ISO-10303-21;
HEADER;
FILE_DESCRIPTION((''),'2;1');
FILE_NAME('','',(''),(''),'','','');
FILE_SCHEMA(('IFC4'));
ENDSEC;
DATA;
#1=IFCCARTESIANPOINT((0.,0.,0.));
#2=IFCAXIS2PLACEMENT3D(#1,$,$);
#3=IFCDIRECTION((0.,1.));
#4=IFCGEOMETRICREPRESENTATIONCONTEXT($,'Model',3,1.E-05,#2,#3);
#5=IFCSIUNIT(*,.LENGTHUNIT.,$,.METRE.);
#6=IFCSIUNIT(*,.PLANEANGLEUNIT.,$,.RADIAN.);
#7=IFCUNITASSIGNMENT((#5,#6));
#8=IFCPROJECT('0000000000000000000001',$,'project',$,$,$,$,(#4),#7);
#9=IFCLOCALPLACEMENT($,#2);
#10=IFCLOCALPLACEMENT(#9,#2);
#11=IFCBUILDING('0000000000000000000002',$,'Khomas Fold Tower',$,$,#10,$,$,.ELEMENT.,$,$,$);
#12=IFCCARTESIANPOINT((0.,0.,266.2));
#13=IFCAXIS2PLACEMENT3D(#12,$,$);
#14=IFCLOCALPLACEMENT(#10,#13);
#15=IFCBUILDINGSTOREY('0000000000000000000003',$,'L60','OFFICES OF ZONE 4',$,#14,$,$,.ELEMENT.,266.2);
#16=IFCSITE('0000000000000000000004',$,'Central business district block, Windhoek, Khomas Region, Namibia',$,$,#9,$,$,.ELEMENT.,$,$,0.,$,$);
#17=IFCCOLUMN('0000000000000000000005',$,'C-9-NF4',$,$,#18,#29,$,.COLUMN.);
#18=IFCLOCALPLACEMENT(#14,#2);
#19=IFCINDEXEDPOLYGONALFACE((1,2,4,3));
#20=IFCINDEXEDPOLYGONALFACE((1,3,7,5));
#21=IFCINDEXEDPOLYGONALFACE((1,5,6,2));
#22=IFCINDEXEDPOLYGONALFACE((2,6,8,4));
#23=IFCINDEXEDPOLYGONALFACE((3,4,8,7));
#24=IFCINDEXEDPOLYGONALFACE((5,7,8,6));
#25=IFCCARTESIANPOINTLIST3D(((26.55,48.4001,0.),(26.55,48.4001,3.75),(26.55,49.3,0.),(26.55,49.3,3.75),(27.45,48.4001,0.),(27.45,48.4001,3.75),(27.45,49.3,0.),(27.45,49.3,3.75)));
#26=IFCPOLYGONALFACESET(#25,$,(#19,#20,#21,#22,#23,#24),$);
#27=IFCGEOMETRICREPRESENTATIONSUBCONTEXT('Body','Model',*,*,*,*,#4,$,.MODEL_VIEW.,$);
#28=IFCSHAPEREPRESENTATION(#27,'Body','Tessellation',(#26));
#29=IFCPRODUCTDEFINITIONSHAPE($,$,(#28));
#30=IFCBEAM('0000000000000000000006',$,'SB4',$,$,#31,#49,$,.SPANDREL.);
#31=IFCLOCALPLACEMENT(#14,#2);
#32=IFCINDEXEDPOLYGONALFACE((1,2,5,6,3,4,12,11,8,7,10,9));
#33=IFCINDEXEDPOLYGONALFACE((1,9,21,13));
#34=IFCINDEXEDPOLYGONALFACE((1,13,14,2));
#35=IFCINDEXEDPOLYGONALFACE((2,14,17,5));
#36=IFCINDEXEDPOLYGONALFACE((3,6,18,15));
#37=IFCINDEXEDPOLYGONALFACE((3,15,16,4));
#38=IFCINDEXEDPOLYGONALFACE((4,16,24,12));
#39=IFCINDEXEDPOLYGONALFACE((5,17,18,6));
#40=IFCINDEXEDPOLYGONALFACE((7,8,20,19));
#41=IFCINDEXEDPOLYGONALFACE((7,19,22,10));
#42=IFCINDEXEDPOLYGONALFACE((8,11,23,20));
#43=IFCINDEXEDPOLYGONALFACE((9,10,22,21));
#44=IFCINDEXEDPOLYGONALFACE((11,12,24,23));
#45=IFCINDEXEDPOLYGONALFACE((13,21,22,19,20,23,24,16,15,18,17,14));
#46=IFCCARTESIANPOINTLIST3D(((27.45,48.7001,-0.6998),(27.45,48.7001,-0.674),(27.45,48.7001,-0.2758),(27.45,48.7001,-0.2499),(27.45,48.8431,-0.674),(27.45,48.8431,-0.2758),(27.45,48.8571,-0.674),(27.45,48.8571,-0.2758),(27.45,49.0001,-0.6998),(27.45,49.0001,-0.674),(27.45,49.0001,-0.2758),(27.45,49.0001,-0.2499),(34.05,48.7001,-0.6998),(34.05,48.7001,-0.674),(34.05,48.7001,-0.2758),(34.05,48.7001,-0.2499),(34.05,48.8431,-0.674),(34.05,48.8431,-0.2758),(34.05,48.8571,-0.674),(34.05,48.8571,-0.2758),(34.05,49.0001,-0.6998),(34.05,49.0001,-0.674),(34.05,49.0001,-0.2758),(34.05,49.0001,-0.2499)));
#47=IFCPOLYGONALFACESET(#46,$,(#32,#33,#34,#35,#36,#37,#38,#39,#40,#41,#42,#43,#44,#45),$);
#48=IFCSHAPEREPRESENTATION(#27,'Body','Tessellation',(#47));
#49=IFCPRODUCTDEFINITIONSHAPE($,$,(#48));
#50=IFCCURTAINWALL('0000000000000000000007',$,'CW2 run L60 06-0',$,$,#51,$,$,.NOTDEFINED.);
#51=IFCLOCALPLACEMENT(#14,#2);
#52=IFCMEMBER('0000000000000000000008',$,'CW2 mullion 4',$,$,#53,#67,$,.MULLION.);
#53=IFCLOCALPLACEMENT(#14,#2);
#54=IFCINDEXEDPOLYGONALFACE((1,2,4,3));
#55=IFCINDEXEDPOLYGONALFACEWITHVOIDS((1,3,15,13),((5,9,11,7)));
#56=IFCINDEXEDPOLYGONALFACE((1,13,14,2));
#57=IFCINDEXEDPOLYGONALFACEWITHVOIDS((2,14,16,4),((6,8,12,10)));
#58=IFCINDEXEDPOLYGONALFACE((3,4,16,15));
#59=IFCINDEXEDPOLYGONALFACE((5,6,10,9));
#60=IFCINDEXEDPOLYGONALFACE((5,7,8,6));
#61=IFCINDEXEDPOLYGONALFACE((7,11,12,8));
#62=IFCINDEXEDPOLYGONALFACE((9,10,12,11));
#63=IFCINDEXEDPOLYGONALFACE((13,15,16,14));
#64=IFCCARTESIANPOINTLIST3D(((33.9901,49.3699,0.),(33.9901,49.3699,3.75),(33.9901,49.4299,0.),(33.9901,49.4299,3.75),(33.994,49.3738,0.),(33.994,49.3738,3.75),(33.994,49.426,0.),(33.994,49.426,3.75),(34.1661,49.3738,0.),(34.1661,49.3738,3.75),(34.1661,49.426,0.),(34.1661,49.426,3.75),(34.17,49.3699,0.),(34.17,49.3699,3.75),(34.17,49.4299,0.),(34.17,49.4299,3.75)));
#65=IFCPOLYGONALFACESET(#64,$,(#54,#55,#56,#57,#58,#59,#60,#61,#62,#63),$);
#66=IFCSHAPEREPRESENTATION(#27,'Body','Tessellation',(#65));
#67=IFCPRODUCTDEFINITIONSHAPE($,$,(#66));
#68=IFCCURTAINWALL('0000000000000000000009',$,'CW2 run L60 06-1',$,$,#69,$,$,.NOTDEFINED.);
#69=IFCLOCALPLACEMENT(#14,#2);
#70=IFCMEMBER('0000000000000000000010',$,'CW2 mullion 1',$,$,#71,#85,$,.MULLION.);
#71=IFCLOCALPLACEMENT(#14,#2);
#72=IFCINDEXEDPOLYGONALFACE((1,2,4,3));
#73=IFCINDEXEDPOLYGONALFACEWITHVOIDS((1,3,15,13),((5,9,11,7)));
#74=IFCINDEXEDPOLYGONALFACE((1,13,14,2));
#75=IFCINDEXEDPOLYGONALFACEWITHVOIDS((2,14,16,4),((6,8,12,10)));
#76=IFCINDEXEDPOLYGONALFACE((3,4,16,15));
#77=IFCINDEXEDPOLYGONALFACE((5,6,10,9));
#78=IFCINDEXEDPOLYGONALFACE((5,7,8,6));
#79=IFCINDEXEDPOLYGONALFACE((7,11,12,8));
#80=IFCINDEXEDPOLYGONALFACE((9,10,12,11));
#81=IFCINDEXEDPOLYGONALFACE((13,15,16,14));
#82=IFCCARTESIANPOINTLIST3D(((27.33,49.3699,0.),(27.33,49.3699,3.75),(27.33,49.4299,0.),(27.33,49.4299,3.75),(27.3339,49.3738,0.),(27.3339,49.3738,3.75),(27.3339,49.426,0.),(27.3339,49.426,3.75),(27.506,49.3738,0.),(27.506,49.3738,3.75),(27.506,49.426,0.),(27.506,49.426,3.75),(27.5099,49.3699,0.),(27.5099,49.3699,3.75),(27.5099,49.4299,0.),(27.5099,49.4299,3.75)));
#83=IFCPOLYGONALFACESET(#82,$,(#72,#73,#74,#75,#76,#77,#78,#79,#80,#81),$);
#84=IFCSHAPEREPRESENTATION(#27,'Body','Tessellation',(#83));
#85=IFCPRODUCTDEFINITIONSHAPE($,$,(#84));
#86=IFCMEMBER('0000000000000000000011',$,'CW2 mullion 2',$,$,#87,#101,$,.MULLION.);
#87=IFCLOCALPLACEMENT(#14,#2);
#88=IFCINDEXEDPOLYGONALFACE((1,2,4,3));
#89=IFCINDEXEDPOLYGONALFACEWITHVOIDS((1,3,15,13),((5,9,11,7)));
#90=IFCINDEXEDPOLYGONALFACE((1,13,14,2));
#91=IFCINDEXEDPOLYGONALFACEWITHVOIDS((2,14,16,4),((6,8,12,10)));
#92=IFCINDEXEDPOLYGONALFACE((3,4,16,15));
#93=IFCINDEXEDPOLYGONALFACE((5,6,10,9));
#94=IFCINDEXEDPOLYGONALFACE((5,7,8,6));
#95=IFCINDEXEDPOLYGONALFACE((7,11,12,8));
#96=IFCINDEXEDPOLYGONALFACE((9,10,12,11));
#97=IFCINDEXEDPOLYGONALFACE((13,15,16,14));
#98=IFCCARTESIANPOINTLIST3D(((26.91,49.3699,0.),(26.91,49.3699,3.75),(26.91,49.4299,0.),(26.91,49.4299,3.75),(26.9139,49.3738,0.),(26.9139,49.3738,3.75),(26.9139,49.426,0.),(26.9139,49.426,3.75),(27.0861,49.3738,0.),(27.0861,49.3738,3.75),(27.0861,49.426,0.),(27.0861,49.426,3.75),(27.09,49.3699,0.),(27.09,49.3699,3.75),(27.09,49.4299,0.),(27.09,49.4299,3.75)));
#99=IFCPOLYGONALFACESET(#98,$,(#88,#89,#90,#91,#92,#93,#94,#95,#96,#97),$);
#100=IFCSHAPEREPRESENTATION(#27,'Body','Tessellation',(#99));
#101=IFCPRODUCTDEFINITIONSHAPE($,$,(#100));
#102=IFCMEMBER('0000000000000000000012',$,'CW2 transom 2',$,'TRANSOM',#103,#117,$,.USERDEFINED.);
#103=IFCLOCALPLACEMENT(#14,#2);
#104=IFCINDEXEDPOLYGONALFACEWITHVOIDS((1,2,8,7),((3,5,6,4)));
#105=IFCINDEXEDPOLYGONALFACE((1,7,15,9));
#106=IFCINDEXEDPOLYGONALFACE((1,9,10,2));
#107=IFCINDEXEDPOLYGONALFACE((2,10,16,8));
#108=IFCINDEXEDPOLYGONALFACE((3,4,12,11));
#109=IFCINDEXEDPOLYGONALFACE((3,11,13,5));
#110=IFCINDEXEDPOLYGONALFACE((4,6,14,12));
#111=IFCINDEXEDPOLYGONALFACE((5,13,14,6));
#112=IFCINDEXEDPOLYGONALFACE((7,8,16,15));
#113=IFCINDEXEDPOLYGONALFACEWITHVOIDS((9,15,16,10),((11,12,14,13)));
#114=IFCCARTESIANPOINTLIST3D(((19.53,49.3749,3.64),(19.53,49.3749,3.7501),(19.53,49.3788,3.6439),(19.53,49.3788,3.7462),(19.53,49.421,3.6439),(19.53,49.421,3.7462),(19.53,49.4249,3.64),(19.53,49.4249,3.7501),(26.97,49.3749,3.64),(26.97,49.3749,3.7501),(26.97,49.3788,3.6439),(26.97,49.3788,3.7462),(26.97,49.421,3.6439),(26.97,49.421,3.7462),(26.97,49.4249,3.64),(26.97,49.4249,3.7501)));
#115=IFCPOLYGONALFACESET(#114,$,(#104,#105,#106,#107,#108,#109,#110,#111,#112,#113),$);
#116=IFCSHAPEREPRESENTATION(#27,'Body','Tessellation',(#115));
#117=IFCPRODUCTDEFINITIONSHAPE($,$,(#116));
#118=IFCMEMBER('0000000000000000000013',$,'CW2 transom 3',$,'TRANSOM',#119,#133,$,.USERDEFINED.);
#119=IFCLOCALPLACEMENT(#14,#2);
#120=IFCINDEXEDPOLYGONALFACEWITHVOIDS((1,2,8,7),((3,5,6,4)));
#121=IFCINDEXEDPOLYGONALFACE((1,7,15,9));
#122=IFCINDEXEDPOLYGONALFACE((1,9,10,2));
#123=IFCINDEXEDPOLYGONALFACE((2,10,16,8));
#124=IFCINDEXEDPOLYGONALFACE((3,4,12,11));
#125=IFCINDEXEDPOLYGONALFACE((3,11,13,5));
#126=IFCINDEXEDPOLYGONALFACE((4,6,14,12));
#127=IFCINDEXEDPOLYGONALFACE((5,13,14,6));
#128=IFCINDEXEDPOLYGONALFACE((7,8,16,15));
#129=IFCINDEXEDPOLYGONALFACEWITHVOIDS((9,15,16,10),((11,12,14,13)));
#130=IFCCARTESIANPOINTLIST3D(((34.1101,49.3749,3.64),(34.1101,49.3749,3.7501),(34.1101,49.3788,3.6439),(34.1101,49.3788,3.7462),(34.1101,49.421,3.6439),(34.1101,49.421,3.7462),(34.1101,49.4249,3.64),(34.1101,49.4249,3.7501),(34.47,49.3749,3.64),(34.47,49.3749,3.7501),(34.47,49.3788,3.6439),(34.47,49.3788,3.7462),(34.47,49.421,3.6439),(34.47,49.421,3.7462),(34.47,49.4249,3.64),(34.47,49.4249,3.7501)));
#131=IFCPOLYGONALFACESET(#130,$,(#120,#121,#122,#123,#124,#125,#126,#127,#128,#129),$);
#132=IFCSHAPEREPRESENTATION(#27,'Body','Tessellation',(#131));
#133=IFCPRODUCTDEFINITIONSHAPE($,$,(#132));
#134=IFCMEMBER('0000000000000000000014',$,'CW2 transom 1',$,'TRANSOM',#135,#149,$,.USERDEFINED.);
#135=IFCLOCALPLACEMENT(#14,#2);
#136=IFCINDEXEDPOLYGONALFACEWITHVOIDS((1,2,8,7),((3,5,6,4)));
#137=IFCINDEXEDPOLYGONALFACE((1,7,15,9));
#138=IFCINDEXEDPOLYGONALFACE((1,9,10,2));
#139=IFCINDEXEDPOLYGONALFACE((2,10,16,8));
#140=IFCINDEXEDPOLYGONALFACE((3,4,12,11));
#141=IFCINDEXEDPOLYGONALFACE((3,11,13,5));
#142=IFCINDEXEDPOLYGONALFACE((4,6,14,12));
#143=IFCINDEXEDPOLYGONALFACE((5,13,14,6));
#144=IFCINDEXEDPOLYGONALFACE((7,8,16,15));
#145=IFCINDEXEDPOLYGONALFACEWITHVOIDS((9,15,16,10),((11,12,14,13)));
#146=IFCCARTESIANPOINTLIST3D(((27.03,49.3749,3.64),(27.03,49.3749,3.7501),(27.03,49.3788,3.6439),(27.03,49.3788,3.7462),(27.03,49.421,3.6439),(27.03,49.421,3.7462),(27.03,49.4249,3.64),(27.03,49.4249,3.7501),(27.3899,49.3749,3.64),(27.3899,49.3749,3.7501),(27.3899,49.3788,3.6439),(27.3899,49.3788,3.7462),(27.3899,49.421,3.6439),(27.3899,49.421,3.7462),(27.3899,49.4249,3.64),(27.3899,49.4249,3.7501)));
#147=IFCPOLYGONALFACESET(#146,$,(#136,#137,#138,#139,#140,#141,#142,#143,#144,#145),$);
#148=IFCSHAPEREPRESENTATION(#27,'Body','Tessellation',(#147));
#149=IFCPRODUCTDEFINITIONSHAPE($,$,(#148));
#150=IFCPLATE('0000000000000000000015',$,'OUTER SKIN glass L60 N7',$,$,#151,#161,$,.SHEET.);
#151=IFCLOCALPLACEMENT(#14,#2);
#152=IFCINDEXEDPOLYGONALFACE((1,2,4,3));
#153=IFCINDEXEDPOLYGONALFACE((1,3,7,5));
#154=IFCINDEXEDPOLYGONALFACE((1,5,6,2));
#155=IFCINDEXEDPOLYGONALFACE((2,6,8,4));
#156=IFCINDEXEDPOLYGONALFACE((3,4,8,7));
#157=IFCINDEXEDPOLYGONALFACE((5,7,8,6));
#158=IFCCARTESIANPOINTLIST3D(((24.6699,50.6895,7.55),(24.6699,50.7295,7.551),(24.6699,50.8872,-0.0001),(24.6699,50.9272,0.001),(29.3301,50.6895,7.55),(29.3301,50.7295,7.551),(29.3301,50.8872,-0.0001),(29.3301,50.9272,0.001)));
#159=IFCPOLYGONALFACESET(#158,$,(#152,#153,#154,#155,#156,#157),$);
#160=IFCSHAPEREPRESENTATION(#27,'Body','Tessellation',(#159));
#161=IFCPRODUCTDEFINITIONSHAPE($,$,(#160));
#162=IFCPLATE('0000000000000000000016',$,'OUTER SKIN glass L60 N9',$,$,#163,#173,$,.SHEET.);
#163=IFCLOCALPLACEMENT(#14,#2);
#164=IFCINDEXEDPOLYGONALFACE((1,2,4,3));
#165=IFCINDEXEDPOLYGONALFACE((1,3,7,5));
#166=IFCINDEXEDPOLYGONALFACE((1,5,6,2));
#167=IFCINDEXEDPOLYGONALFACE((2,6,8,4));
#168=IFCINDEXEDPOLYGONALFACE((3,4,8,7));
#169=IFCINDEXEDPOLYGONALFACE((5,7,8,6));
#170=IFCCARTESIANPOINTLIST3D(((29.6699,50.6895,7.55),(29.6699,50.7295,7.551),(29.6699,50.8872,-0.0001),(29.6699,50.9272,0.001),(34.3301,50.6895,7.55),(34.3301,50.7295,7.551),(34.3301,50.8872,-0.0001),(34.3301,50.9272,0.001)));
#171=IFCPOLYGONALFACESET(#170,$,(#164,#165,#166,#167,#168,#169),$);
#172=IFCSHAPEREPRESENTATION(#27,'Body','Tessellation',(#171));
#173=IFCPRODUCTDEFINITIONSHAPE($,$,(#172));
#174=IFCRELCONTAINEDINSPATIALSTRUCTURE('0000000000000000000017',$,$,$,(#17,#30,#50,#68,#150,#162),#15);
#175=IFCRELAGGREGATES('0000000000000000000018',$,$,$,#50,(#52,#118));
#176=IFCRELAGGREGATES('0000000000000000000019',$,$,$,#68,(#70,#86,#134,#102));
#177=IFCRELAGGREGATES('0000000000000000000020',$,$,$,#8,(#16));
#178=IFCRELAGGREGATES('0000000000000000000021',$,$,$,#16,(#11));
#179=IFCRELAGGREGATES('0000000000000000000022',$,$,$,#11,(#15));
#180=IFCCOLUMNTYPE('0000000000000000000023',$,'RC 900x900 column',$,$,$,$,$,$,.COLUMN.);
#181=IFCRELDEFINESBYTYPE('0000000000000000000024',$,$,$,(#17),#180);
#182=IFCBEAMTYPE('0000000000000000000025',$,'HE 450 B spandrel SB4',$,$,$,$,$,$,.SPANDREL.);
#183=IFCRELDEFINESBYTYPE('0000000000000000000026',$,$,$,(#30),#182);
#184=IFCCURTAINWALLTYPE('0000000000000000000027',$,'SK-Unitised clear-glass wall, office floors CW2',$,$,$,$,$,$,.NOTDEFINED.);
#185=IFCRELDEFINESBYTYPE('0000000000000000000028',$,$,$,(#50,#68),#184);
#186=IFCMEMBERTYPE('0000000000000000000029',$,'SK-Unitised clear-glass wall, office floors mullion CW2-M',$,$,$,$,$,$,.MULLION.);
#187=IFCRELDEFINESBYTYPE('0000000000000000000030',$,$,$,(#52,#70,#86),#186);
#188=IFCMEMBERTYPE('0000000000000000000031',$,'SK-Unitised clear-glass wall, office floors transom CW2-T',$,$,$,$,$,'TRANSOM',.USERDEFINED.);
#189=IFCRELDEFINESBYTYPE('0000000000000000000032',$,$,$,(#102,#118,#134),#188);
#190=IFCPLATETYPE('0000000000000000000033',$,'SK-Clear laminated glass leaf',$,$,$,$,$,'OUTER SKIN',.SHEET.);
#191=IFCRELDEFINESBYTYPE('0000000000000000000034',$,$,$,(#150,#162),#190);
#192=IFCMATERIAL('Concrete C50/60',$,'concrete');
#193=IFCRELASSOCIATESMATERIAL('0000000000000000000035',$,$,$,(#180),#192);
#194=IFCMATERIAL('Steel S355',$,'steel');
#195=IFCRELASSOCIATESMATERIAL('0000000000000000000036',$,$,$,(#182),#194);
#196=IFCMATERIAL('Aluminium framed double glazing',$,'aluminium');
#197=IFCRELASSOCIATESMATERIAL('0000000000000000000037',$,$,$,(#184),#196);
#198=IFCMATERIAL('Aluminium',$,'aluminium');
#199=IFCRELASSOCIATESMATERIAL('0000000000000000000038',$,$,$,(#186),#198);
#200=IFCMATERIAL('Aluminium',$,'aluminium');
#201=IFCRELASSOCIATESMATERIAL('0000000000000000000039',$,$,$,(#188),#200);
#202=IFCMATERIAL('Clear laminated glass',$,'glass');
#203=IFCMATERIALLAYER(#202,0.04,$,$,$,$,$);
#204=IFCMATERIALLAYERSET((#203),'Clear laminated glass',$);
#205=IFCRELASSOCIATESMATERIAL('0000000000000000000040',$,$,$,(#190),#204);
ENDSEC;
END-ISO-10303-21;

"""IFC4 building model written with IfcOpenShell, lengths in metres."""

from ifc_helpers import new_model, si_unit, direction, frame, origin, origin_2d, place, context, subcontext, project, spatial, polyline, rectangle, hollow_rectangle, i_section, outline, extrude, source, transform, mapped, material, layer, layer_set, material_profile, profile_set, type_object, element, aggregate, save


model = new_model("IFC4")

# Units and contexts
model_context = context("Model", 3, precision=1e-05, world=origin(), true_north=direction((0.0, 1.0)))
body_context = subcontext(model_context, "Body", "Model", "MODEL_VIEW")
ifc_project = project(units=[si_unit("LENGTHUNIT", "METRE"), si_unit("PLANEANGLEUNIT", "RADIAN")], contexts=[model_context])

# Site, building, storey
site_placement = place(None, origin())
site = spatial("IfcSite", under=ifc_project, at=site_placement, Name="Central business district block, Windhoek, Khomas Region, Namibia", CompositionType="ELEMENT", RefElevation=0.0)
building_placement = place(site_placement, origin())
building = spatial("IfcBuilding", under=site, at=building_placement, Name="Khomas Fold Tower", CompositionType="ELEMENT")
storey_placement = place(building_placement, frame((0.0, 0.0, 266.2)))
storey = spatial("IfcBuildingStorey", under=building, at=storey_placement, Name="L60", Description="OFFICES OF ZONE 4", CompositionType="ELEMENT", Elevation=266.2)

# Column
ifc_material_1 = material(Name="Concrete C50/60", Category="concrete")
ifc_material_profile_1 = material_profile(ifc_material_1, rectangle(XDim=0.8999, YDim=0.8999, at=origin_2d()), Name="RC 900x900")
ifc_profile_set_1 = profile_set([ifc_material_profile_1], Name="Concrete C50/60")
column_type = type_object("IfcColumnType", Name="RC 900x900 column", PredefinedType="COLUMN", material=ifc_profile_set_1)
shared_shape_1 = source(origin(), body_context, "Body", "SweptSolid", [
    extrude(rectangle(XDim=0.8999, YDim=0.8999, at=origin_2d()), origin(), (0.0, 0.0, 1.0), 3.75),
])
column_placement = place(storey_placement, frame((27.0, 48.8501, 0.0), z_axis=(0.0, 0.0, 1.0), x_axis=(1.0, 0.0, 0.0)))
element("IfcColumn", 1, at=column_placement, inside=storey, type_object=column_type, Name="C-9-NF4", PredefinedType="COLUMN", context=body_context, shape_type="MappedRepresentation", body=[
    mapped(shared_shape_1, transform((0.0, 0.0, 0.0))),
])

# Beam
ifc_material_2 = material(Name="Steel S355", Category="steel")
ifc_material_profile_2 = material_profile(ifc_material_2, i_section(OverallWidth=0.3, OverallDepth=0.45, WebThickness=0.0139, FlangeThickness=0.0259, at=origin_2d()), Name="HE 450 B")
ifc_profile_set_2 = profile_set([ifc_material_profile_2], Name="Steel S355")
beam_type = type_object("IfcBeamType", Name="HE 450 B spandrel SB4", PredefinedType="SPANDREL", material=ifc_profile_set_2)
shared_shape_2 = source(origin(), body_context, "Body", "SweptSolid", [
    extrude(i_section(OverallWidth=0.3, OverallDepth=0.45, WebThickness=0.0139, FlangeThickness=0.0259, at=origin_2d()), origin(), (0.0, 0.0, 1.0), 6.6001),
])
beam_placement = place(storey_placement, frame((27.45, 48.8501, -0.4749), z_axis=(1.0, 0.0, 0.0), x_axis=(0.0, 1.0, 0.0)))
element("IfcBeam", 2, at=beam_placement, inside=storey, type_object=beam_type, Name="SB4", PredefinedType="SPANDREL", context=body_context, shape_type="MappedRepresentation", body=[
    mapped(shared_shape_2, transform((0.0, 0.0, 0.0))),
])

# Curtain wall, member
ifc_material_3 = material(Name="Aluminium framed double glazing", Category="aluminium")
curtain_wall_type = type_object("IfcCurtainWallType", Name="SK-Unitised clear-glass wall, office floors CW2", PredefinedType="NOTDEFINED", material=ifc_material_3)
curtain_wall_1_placement = place(storey_placement, origin())
curtain_wall_1 = element("IfcCurtainWall", 3, at=curtain_wall_1_placement, inside=storey, type_object=curtain_wall_type, Name="CW2 run L60 06-0", PredefinedType="NOTDEFINED")
ifc_material_4 = material(Name="Aluminium", Category="aluminium")
ifc_material_profile_3 = material_profile(ifc_material_4, hollow_rectangle(XDim=0.0601, YDim=0.1799, WallThickness=0.0039, at=origin_2d()), Name="SK-Unitised clear-glass wall, office floors mullion CW2-M")
ifc_profile_set_3 = profile_set([ifc_material_profile_3], Name="Aluminium")
member_type_1 = type_object("IfcMemberType", Name="SK-Unitised clear-glass wall, office floors mullion CW2-M", PredefinedType="MULLION", material=ifc_profile_set_3)
shared_shape_3 = source(origin(), body_context, "Body", "SweptSolid", [
    extrude(hollow_rectangle(XDim=0.0601, YDim=0.1799, WallThickness=0.0039, at=origin_2d()), origin(), (0.0, 0.0, 1.0), 3.75),
])
member_1_placement = place(storey_placement, frame((34.0801, 49.3999, 0.0), z_axis=(0.0, 0.0, 1.0), x_axis=(0.0, -1.0, 0.0)))
member_1 = element("IfcMember", 4, at=member_1_placement, type_object=member_type_1, Name="CW2 mullion 4", PredefinedType="MULLION", context=body_context, shape_type="MappedRepresentation", body=[
    mapped(shared_shape_3, transform((0.0, 0.0, 0.0))),
])

# Curtain wall, members
curtain_wall_2_placement = place(storey_placement, origin())
curtain_wall_2 = element("IfcCurtainWall", 5, at=curtain_wall_2_placement, inside=storey, type_object=curtain_wall_type, Name="CW2 run L60 06-1", PredefinedType="NOTDEFINED")
member_2_placement = place(storey_placement, frame((27.4199, 49.3999, 0.0), z_axis=(0.0, 0.0, 1.0), x_axis=(0.0, -1.0, 0.0)))
member_2 = element("IfcMember", 6, at=member_2_placement, type_object=member_type_1, Name="CW2 mullion 1", PredefinedType="MULLION", context=body_context, shape_type="MappedRepresentation", body=[
    mapped(shared_shape_3, transform((0.0, 0.0, 0.0))),
])
member_3_placement = place(storey_placement, frame((27.0, 49.3999, 0.0), z_axis=(0.0, 0.0, 1.0), x_axis=(0.0, -1.0, 0.0)))
member_3 = element("IfcMember", 7, at=member_3_placement, type_object=member_type_1, Name="CW2 mullion 2", PredefinedType="MULLION", context=body_context, shape_type="MappedRepresentation", body=[
    mapped(shared_shape_3, transform((0.0, 0.0, 0.0))),
])
ifc_material_5 = material(Name="Aluminium", Category="aluminium")
ifc_material_profile_4 = material_profile(ifc_material_5, hollow_rectangle(XDim=0.05, YDim=0.1101, WallThickness=0.0039, at=origin_2d()), Name="SK-Unitised clear-glass wall, office floors transom CW2-T")
ifc_profile_set_4 = profile_set([ifc_material_profile_4], Name="Aluminium")
member_type_2 = type_object("IfcMemberType", Name="SK-Unitised clear-glass wall, office floors transom CW2-T", ElementType="TRANSOM", PredefinedType="USERDEFINED", material=ifc_profile_set_4)
shared_shape_4 = source(origin(), body_context, "Body", "SweptSolid", [
    extrude(hollow_rectangle(XDim=0.05, YDim=0.1101, WallThickness=0.0039, at=origin_2d()), origin(), (0.0, 0.0, 1.0), 7.4399),
])
member_4_placement = place(storey_placement, frame((26.97, 49.3999, 3.6951), z_axis=(-1.0, 0.0, 0.0), x_axis=(0.0, -1.0, 0.0)))
member_4 = element("IfcMember", 8, at=member_4_placement, type_object=member_type_2, Name="CW2 transom 2", ObjectType="TRANSOM", PredefinedType="USERDEFINED", context=body_context, shape_type="MappedRepresentation", body=[
    mapped(shared_shape_4, transform((0.0, 0.0, 0.0))),
])

# Members
shared_shape_5 = source(origin(), body_context, "Body", "SweptSolid", [
    extrude(hollow_rectangle(XDim=0.05, YDim=0.1101, WallThickness=0.0039, at=origin_2d()), origin(), (0.0, 0.0, 1.0), 0.3599),
])
member_5_placement = place(storey_placement, frame((34.47, 49.3999, 3.6951), z_axis=(-1.0, 0.0, 0.0), x_axis=(0.0, -1.0, 0.0)))
member_5 = element("IfcMember", 9, at=member_5_placement, type_object=member_type_2, Name="CW2 transom 3", ObjectType="TRANSOM", PredefinedType="USERDEFINED", context=body_context, shape_type="MappedRepresentation", body=[
    mapped(shared_shape_5, transform((0.0, 0.0, 0.0))),
])
member_6_placement = place(storey_placement, frame((27.3899, 49.3999, 3.6951), z_axis=(-1.0, 0.0, 0.0), x_axis=(0.0, -1.0, 0.0)))
member_6 = element("IfcMember", 10, at=member_6_placement, type_object=member_type_2, Name="CW2 transom 1", ObjectType="TRANSOM", PredefinedType="USERDEFINED", context=body_context, shape_type="MappedRepresentation", body=[
    mapped(shared_shape_5, transform((0.0, 0.0, 0.0))),
])

# Plates
ifc_material_6 = material(Name="Clear laminated glass", Category="glass")
ifc_layer_1 = layer(ifc_material_6, 0.04)
ifc_layer_set_1 = layer_set([ifc_layer_1], Name="Clear laminated glass")
plate_type_1 = type_object("IfcPlateType", Name="SK-Clear laminated glass leaf", ElementType="OUTER SKIN", PredefinedType="SHEET", material=ifc_layer_set_1)
for number, where, z_axis, x_axis, name in (
    (11, (24.6699, 50.9272, 0.001), (0.0, 0.999657, 0.026183), (1.0, 0.0, 0.0), "OUTER SKIN glass L60 N7"),
    (12, (29.6699, 50.9272, 0.001), (0.0, 0.999657, 0.026183), (1.0, 0.0, 0.0), "OUTER SKIN glass L60 N9"),
):
    element("IfcPlate", number, at=place(storey_placement, frame(where, z_axis=z_axis, x_axis=x_axis)), inside=storey, type_object=plate_type_1, Name=name, PredefinedType="SHEET", context=body_context, shape_type="SweptSolid", body=[
        extrude(outline(polyline([(0.0, 0.0), (4.6602, 0.0), (4.6602, -7.5526), (0.0, -7.5526), (0.0, 0.0)])), origin(), (0.0, 0.0, -1.0), 0.04),
    ])

aggregate(curtain_wall_1, [member_1, member_5])
aggregate(curtain_wall_2, [member_2, member_3, member_6, member_4])

save(model, "model.ifc")
